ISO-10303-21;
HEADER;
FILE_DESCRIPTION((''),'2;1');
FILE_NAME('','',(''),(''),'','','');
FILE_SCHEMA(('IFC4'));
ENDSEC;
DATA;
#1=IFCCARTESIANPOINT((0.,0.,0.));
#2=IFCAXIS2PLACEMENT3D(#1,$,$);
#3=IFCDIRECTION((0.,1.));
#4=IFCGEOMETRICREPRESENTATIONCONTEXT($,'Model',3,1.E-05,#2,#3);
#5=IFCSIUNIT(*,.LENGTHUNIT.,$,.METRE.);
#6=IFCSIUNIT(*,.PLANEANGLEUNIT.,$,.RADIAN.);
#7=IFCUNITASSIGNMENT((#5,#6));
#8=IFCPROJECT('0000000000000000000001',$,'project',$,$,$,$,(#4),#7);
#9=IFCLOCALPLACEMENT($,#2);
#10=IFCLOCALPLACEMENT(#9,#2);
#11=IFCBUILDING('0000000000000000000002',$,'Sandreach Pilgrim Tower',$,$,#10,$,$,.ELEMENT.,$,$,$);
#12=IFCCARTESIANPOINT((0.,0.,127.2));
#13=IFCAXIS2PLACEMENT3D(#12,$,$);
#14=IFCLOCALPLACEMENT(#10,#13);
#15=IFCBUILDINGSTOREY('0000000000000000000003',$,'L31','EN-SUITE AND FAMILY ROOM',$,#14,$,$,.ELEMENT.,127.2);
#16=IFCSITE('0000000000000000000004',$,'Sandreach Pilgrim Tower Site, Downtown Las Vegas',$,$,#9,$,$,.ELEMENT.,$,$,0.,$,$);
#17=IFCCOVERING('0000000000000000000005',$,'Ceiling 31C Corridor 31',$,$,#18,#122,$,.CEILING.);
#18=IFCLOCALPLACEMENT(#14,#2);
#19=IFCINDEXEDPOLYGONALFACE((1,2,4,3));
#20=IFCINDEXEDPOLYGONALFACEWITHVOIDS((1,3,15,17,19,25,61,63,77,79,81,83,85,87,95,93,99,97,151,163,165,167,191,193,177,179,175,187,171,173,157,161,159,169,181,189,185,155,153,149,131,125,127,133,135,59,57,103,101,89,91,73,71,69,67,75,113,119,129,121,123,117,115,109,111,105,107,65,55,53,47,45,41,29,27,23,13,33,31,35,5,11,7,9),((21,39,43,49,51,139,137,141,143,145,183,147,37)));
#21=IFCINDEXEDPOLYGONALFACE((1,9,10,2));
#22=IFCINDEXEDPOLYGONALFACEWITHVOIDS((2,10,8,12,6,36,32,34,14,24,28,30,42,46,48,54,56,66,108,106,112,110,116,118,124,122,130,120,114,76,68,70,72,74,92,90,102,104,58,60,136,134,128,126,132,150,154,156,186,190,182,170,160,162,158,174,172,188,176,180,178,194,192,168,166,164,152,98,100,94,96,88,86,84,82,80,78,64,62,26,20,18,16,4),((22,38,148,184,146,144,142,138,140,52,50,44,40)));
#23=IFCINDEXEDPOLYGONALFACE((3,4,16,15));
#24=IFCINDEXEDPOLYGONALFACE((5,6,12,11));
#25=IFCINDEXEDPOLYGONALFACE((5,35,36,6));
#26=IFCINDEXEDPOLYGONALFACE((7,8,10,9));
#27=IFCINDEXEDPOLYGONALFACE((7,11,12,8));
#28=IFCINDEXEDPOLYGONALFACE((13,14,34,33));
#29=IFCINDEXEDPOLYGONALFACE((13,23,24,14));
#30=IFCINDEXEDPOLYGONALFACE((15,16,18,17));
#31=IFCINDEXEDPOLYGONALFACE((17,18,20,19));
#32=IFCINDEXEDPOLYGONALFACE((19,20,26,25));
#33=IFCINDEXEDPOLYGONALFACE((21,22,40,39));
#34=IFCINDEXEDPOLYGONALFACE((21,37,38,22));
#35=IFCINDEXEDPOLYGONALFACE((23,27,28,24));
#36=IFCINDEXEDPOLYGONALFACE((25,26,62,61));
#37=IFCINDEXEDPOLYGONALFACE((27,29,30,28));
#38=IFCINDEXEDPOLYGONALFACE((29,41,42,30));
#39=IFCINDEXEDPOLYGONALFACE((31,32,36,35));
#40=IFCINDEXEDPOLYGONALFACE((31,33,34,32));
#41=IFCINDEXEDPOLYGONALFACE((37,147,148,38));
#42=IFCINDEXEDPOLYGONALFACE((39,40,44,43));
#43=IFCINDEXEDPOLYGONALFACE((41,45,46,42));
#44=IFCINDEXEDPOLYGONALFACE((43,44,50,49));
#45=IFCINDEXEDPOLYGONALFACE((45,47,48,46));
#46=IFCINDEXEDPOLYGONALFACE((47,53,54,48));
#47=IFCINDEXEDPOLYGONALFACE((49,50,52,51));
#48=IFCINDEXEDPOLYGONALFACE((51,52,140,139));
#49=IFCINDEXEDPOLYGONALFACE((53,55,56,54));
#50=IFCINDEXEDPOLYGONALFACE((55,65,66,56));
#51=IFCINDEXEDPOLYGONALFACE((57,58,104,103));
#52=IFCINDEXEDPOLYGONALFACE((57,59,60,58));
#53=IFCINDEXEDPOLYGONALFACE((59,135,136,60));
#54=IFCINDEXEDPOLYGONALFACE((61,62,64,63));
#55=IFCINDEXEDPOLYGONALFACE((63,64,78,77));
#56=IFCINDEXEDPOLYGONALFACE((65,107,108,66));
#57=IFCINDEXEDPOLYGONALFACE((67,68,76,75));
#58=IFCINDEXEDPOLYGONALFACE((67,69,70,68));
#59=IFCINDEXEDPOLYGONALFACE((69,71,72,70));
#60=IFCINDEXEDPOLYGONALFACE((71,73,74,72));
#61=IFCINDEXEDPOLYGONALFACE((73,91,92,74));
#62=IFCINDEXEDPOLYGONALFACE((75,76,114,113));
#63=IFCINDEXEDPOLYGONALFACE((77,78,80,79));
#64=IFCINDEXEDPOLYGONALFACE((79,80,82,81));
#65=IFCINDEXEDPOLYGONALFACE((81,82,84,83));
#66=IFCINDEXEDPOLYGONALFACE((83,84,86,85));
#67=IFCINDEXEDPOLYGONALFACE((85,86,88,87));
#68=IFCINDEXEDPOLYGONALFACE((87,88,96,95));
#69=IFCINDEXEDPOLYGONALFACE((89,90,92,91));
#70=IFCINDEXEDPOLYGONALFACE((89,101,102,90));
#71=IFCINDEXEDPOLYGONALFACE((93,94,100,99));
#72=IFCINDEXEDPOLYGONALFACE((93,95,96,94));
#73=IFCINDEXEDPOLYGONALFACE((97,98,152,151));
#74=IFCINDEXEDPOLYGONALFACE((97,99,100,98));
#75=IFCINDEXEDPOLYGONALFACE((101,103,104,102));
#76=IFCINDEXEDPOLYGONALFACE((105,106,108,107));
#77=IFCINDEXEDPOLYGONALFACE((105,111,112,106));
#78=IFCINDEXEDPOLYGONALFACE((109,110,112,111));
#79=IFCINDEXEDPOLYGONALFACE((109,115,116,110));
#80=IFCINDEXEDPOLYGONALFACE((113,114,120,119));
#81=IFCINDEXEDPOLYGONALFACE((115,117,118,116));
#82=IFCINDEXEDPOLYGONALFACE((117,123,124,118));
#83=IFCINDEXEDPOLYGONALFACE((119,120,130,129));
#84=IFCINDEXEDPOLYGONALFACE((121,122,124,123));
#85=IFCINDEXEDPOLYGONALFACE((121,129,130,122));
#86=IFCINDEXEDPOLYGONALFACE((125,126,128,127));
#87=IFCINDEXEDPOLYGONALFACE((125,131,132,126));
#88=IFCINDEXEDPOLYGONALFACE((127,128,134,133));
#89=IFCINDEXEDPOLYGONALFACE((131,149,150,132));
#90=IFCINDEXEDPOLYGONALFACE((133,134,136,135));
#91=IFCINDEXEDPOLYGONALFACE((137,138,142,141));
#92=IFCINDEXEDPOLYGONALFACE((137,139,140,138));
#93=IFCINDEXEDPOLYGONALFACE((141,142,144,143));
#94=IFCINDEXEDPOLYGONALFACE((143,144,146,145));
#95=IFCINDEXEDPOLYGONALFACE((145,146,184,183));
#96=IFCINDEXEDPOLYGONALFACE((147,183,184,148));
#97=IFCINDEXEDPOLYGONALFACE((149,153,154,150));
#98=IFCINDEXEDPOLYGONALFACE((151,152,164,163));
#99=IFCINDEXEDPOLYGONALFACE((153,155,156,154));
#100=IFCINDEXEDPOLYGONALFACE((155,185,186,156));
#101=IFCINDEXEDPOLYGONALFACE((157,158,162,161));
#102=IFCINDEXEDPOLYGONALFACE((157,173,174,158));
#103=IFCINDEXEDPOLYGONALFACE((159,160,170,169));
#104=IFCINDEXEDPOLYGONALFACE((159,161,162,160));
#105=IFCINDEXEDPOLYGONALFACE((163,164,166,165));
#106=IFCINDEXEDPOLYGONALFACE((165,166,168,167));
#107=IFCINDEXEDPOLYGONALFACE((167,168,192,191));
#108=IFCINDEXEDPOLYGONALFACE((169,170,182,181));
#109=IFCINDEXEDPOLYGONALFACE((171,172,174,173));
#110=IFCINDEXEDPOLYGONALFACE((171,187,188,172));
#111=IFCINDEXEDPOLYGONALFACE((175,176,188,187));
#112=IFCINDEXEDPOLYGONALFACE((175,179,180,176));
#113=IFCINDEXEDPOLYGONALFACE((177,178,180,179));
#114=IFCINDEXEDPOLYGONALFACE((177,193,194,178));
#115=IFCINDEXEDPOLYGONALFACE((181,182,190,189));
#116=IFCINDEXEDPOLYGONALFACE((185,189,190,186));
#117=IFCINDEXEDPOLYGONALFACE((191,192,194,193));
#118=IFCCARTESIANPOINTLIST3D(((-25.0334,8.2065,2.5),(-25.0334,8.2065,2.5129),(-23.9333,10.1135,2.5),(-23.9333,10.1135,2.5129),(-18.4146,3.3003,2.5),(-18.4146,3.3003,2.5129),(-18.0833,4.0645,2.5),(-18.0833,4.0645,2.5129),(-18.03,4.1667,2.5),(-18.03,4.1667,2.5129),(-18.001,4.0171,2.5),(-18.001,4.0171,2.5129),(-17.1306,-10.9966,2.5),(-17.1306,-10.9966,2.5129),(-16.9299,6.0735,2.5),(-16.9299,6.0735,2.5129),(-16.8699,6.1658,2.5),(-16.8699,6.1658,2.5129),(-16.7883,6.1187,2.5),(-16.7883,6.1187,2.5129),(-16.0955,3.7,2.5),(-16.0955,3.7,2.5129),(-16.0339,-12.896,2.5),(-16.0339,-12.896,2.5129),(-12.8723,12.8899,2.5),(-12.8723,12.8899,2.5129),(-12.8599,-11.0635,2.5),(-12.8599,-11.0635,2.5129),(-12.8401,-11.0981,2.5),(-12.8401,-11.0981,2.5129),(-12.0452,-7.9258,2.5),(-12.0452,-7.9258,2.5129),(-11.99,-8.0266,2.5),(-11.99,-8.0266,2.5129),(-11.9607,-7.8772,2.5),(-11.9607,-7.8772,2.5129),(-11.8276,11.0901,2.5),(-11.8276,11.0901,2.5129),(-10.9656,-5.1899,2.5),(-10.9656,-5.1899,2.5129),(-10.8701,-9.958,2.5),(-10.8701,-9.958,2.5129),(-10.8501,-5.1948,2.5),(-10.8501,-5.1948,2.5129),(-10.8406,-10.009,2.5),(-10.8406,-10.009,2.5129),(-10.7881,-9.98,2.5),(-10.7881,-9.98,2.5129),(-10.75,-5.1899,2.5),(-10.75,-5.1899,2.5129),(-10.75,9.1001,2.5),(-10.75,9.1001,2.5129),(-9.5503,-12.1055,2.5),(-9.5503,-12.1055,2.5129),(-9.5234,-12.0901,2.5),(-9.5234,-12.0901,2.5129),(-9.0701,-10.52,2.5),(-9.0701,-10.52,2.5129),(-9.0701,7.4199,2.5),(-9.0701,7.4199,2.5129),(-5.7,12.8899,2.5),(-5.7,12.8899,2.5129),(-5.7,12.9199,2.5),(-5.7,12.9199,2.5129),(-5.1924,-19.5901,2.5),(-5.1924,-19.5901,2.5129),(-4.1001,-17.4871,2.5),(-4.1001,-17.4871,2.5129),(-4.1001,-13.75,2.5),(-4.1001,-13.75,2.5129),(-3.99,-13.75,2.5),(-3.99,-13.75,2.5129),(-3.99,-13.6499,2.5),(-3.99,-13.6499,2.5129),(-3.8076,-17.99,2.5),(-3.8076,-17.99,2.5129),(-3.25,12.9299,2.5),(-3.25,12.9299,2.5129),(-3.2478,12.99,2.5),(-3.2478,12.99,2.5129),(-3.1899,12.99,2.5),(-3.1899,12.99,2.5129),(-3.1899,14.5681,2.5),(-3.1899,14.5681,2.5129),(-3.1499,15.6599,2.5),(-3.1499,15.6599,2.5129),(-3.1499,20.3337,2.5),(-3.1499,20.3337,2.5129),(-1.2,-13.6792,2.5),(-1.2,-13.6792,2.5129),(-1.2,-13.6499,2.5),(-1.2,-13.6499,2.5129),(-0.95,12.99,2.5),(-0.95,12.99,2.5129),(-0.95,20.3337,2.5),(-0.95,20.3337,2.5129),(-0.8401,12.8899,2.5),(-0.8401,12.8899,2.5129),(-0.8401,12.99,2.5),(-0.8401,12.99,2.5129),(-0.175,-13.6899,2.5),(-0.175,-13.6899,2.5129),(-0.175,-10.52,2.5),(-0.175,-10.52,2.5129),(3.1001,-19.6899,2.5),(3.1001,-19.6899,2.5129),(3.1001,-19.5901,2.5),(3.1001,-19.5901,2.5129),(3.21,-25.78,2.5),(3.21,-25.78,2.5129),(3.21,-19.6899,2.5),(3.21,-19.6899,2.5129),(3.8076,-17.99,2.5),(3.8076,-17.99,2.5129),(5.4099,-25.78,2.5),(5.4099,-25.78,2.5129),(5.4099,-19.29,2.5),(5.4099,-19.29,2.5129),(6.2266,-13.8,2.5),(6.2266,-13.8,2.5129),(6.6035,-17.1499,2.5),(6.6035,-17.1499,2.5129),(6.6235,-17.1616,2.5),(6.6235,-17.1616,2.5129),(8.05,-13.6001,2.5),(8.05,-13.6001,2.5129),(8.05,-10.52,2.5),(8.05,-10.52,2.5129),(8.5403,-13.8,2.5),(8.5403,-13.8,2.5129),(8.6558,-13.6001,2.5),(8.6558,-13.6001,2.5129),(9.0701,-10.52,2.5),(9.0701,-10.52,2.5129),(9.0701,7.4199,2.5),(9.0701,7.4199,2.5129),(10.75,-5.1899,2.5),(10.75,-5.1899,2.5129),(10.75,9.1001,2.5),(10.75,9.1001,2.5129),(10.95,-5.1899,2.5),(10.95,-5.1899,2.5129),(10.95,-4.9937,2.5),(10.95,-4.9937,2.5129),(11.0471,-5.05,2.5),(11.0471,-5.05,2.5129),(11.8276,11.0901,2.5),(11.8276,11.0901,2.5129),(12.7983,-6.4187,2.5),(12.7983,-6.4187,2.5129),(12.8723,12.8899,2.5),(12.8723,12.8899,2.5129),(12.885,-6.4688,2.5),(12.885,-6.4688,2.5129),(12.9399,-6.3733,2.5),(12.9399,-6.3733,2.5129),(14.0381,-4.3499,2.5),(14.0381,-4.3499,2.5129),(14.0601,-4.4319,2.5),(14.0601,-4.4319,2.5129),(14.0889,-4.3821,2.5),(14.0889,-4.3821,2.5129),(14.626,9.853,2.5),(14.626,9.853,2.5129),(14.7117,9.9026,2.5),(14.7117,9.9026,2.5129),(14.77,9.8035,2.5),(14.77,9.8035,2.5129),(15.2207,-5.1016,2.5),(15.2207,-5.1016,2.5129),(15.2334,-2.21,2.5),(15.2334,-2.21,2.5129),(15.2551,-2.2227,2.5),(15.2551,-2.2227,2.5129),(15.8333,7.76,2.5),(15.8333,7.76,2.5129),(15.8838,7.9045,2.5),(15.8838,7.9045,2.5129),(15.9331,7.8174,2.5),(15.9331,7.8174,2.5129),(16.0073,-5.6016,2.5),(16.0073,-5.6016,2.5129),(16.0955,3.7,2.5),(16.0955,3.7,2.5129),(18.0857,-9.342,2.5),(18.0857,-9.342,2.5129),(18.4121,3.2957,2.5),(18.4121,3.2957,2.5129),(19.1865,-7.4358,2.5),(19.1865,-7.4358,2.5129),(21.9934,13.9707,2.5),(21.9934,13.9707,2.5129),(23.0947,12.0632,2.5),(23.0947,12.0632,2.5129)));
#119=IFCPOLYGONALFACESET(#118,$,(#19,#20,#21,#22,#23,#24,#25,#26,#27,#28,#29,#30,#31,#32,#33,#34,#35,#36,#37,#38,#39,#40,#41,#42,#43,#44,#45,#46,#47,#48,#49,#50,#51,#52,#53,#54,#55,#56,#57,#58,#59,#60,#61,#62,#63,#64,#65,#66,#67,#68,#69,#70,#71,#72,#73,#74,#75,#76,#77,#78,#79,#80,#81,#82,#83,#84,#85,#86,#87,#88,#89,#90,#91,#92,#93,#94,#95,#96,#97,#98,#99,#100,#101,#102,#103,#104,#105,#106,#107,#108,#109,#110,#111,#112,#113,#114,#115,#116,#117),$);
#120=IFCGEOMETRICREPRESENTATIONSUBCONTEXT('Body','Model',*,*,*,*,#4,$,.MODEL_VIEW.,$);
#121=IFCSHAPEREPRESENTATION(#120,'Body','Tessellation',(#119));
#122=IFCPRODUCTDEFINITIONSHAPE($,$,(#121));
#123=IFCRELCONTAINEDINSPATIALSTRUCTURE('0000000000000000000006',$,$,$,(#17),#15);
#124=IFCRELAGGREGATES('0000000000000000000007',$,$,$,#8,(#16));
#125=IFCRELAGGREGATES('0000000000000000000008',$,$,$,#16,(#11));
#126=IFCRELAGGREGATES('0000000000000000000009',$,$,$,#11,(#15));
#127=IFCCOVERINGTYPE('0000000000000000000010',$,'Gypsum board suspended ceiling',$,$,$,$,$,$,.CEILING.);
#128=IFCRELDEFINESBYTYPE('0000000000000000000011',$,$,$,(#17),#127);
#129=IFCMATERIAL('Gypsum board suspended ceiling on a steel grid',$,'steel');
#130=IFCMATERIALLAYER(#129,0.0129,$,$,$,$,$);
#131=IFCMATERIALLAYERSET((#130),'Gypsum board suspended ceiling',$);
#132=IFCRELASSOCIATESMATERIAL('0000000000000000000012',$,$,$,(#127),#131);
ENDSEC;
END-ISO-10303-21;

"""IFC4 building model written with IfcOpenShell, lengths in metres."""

from ifc_helpers import new_model, si_unit, direction, frame, origin, place, context, subcontext, project, spatial, polyline, outline, extrude, material, layer, layer_set, type_object, element, save


model = new_model("IFC4")

# Units and contexts
model_context = context("Model", 3, precision=1e-05, world=origin(), true_north=direction((0.0, 1.0)))
body_context = subcontext(model_context, "Body", "Model", "MODEL_VIEW")
ifc_project = project(units=[si_unit("LENGTHUNIT", "METRE"), si_unit("PLANEANGLEUNIT", "RADIAN")], contexts=[model_context])

# Site, building, storey
site_placement = place(None, origin())
site = spatial("IfcSite", under=ifc_project, at=site_placement, Name="Sandreach Pilgrim Tower Site, Downtown Las Vegas", CompositionType="ELEMENT", RefElevation=0.0)
building_placement = place(site_placement, origin())
building = spatial("IfcBuilding", under=site, at=building_placement, Name="Sandreach Pilgrim Tower", CompositionType="ELEMENT")
storey_placement = place(building_placement, frame((0.0, 0.0, 127.2)))
storey = spatial("IfcBuildingStorey", under=building, at=storey_placement, Name="L31", Description="EN-SUITE AND FAMILY ROOM", CompositionType="ELEMENT", Elevation=127.2)

# Covering
ifc_material_1 = material(Name="Gypsum board suspended ceiling on a steel grid", Category="steel")
ifc_layer_1 = layer(ifc_material_1, 0.0129)
ifc_layer_set_1 = layer_set([ifc_layer_1], Name="Gypsum board suspended ceiling")
covering_type_1 = type_object("IfcCoveringType", Name="Gypsum board suspended ceiling", PredefinedType="CEILING", material=ifc_layer_set_1)
covering_1_placement = place(storey_placement, frame((0.0, 0.0, 2.5)))
element("IfcCovering", 1, at=covering_1_placement, inside=storey, type_object=covering_type_1, Name="Ceiling 31C Corridor 31", PredefinedType="CEILING", context=body_context, shape_type="SweptSolid", body=[
    extrude(outline(polyline([(-16.9299, 6.0735), (-16.8699, 6.1658), (-16.7883, 6.1187), (-12.8723, 12.8899), (-5.7, 12.8899), (-5.7, 12.9199), (-3.25, 12.9299), (-3.2478, 12.99), (-3.1899, 12.99), (-3.1899, 14.5681), (-3.1499, 15.6599), (-3.1499, 20.3337), (-0.95, 20.3337), (-0.95, 12.99), (-0.8401, 12.99), (-0.8401, 12.8899), (12.8723, 12.8899), (14.626, 9.853), (14.7117, 9.9026), (14.77, 9.8035), (21.9934, 13.9707), (23.0947, 12.0632), (15.8838, 7.9045), (15.9331, 7.8174), (15.8333, 7.76), (18.4121, 3.2957), (15.2334, -2.21), (15.2551, -2.2227), (14.0381, -4.3499), (14.0889, -4.3821), (14.0601, -4.4319), (15.2207, -5.1016), (16.0073, -5.6016), (19.1865, -7.4358), (18.0857, -9.342), (12.9399, -6.3733), (12.885, -6.4688), (12.7983, -6.4187), (8.6558, -13.6001), (8.05, -13.6001), (8.05, -10.52), (9.0701, -10.52), (9.0701, 7.4199), (-9.0701, 7.4199), (-9.0701, -10.52), (-0.175, -10.52), (-0.175, -13.6899), (-1.2, -13.6792), (-1.2, -13.6499), (-3.99, -13.6499), (-3.99, -13.75), (-4.1001, -13.75), (-4.1001, -17.4871), (-3.8076, -17.99), (3.8076, -17.99), (6.2266, -13.8), (8.5403, -13.8), (6.6035, -17.1499), (6.6235, -17.1616), (5.4099, -19.29), (5.4099, -25.78), (3.21, -25.78), (3.21, -19.6899), (3.1001, -19.6899), (3.1001, -19.5901), (-5.1924, -19.5901), (-9.5234, -12.0901), (-9.5503, -12.1055), (-10.7881, -9.98), (-10.8406, -10.009), (-10.8701, -9.958), (-12.8401, -11.0981), (-12.8599, -11.0635), (-16.0339, -12.896), (-17.1306, -10.9966), (-11.99, -8.0266), (-12.0452, -7.9258), (-11.9607, -7.8772), (-18.4146, 3.3003), (-18.001, 4.0171), (-18.0833, 4.0645), (-18.03, 4.1667), (-25.0334, 8.2065), (-23.9333, 10.1135), (-16.9299, 6.0735)]), holes=[polyline([(-16.0955, 3.7), (-10.9656, -5.1899), (-10.8501, -5.1948), (-10.75, -5.1899), (-10.75, 9.1001), (10.75, 9.1001), (10.75, -5.1899), (10.95, -5.1899), (10.95, -4.9937), (11.0471, -5.05), (16.0955, 3.7), (11.8276, 11.0901), (-11.8276, 11.0901), (-16.0955, 3.7)])]), origin(), (0.0, 0.0, 1.0), 0.0129),
])

save(model, "model.ifc")
